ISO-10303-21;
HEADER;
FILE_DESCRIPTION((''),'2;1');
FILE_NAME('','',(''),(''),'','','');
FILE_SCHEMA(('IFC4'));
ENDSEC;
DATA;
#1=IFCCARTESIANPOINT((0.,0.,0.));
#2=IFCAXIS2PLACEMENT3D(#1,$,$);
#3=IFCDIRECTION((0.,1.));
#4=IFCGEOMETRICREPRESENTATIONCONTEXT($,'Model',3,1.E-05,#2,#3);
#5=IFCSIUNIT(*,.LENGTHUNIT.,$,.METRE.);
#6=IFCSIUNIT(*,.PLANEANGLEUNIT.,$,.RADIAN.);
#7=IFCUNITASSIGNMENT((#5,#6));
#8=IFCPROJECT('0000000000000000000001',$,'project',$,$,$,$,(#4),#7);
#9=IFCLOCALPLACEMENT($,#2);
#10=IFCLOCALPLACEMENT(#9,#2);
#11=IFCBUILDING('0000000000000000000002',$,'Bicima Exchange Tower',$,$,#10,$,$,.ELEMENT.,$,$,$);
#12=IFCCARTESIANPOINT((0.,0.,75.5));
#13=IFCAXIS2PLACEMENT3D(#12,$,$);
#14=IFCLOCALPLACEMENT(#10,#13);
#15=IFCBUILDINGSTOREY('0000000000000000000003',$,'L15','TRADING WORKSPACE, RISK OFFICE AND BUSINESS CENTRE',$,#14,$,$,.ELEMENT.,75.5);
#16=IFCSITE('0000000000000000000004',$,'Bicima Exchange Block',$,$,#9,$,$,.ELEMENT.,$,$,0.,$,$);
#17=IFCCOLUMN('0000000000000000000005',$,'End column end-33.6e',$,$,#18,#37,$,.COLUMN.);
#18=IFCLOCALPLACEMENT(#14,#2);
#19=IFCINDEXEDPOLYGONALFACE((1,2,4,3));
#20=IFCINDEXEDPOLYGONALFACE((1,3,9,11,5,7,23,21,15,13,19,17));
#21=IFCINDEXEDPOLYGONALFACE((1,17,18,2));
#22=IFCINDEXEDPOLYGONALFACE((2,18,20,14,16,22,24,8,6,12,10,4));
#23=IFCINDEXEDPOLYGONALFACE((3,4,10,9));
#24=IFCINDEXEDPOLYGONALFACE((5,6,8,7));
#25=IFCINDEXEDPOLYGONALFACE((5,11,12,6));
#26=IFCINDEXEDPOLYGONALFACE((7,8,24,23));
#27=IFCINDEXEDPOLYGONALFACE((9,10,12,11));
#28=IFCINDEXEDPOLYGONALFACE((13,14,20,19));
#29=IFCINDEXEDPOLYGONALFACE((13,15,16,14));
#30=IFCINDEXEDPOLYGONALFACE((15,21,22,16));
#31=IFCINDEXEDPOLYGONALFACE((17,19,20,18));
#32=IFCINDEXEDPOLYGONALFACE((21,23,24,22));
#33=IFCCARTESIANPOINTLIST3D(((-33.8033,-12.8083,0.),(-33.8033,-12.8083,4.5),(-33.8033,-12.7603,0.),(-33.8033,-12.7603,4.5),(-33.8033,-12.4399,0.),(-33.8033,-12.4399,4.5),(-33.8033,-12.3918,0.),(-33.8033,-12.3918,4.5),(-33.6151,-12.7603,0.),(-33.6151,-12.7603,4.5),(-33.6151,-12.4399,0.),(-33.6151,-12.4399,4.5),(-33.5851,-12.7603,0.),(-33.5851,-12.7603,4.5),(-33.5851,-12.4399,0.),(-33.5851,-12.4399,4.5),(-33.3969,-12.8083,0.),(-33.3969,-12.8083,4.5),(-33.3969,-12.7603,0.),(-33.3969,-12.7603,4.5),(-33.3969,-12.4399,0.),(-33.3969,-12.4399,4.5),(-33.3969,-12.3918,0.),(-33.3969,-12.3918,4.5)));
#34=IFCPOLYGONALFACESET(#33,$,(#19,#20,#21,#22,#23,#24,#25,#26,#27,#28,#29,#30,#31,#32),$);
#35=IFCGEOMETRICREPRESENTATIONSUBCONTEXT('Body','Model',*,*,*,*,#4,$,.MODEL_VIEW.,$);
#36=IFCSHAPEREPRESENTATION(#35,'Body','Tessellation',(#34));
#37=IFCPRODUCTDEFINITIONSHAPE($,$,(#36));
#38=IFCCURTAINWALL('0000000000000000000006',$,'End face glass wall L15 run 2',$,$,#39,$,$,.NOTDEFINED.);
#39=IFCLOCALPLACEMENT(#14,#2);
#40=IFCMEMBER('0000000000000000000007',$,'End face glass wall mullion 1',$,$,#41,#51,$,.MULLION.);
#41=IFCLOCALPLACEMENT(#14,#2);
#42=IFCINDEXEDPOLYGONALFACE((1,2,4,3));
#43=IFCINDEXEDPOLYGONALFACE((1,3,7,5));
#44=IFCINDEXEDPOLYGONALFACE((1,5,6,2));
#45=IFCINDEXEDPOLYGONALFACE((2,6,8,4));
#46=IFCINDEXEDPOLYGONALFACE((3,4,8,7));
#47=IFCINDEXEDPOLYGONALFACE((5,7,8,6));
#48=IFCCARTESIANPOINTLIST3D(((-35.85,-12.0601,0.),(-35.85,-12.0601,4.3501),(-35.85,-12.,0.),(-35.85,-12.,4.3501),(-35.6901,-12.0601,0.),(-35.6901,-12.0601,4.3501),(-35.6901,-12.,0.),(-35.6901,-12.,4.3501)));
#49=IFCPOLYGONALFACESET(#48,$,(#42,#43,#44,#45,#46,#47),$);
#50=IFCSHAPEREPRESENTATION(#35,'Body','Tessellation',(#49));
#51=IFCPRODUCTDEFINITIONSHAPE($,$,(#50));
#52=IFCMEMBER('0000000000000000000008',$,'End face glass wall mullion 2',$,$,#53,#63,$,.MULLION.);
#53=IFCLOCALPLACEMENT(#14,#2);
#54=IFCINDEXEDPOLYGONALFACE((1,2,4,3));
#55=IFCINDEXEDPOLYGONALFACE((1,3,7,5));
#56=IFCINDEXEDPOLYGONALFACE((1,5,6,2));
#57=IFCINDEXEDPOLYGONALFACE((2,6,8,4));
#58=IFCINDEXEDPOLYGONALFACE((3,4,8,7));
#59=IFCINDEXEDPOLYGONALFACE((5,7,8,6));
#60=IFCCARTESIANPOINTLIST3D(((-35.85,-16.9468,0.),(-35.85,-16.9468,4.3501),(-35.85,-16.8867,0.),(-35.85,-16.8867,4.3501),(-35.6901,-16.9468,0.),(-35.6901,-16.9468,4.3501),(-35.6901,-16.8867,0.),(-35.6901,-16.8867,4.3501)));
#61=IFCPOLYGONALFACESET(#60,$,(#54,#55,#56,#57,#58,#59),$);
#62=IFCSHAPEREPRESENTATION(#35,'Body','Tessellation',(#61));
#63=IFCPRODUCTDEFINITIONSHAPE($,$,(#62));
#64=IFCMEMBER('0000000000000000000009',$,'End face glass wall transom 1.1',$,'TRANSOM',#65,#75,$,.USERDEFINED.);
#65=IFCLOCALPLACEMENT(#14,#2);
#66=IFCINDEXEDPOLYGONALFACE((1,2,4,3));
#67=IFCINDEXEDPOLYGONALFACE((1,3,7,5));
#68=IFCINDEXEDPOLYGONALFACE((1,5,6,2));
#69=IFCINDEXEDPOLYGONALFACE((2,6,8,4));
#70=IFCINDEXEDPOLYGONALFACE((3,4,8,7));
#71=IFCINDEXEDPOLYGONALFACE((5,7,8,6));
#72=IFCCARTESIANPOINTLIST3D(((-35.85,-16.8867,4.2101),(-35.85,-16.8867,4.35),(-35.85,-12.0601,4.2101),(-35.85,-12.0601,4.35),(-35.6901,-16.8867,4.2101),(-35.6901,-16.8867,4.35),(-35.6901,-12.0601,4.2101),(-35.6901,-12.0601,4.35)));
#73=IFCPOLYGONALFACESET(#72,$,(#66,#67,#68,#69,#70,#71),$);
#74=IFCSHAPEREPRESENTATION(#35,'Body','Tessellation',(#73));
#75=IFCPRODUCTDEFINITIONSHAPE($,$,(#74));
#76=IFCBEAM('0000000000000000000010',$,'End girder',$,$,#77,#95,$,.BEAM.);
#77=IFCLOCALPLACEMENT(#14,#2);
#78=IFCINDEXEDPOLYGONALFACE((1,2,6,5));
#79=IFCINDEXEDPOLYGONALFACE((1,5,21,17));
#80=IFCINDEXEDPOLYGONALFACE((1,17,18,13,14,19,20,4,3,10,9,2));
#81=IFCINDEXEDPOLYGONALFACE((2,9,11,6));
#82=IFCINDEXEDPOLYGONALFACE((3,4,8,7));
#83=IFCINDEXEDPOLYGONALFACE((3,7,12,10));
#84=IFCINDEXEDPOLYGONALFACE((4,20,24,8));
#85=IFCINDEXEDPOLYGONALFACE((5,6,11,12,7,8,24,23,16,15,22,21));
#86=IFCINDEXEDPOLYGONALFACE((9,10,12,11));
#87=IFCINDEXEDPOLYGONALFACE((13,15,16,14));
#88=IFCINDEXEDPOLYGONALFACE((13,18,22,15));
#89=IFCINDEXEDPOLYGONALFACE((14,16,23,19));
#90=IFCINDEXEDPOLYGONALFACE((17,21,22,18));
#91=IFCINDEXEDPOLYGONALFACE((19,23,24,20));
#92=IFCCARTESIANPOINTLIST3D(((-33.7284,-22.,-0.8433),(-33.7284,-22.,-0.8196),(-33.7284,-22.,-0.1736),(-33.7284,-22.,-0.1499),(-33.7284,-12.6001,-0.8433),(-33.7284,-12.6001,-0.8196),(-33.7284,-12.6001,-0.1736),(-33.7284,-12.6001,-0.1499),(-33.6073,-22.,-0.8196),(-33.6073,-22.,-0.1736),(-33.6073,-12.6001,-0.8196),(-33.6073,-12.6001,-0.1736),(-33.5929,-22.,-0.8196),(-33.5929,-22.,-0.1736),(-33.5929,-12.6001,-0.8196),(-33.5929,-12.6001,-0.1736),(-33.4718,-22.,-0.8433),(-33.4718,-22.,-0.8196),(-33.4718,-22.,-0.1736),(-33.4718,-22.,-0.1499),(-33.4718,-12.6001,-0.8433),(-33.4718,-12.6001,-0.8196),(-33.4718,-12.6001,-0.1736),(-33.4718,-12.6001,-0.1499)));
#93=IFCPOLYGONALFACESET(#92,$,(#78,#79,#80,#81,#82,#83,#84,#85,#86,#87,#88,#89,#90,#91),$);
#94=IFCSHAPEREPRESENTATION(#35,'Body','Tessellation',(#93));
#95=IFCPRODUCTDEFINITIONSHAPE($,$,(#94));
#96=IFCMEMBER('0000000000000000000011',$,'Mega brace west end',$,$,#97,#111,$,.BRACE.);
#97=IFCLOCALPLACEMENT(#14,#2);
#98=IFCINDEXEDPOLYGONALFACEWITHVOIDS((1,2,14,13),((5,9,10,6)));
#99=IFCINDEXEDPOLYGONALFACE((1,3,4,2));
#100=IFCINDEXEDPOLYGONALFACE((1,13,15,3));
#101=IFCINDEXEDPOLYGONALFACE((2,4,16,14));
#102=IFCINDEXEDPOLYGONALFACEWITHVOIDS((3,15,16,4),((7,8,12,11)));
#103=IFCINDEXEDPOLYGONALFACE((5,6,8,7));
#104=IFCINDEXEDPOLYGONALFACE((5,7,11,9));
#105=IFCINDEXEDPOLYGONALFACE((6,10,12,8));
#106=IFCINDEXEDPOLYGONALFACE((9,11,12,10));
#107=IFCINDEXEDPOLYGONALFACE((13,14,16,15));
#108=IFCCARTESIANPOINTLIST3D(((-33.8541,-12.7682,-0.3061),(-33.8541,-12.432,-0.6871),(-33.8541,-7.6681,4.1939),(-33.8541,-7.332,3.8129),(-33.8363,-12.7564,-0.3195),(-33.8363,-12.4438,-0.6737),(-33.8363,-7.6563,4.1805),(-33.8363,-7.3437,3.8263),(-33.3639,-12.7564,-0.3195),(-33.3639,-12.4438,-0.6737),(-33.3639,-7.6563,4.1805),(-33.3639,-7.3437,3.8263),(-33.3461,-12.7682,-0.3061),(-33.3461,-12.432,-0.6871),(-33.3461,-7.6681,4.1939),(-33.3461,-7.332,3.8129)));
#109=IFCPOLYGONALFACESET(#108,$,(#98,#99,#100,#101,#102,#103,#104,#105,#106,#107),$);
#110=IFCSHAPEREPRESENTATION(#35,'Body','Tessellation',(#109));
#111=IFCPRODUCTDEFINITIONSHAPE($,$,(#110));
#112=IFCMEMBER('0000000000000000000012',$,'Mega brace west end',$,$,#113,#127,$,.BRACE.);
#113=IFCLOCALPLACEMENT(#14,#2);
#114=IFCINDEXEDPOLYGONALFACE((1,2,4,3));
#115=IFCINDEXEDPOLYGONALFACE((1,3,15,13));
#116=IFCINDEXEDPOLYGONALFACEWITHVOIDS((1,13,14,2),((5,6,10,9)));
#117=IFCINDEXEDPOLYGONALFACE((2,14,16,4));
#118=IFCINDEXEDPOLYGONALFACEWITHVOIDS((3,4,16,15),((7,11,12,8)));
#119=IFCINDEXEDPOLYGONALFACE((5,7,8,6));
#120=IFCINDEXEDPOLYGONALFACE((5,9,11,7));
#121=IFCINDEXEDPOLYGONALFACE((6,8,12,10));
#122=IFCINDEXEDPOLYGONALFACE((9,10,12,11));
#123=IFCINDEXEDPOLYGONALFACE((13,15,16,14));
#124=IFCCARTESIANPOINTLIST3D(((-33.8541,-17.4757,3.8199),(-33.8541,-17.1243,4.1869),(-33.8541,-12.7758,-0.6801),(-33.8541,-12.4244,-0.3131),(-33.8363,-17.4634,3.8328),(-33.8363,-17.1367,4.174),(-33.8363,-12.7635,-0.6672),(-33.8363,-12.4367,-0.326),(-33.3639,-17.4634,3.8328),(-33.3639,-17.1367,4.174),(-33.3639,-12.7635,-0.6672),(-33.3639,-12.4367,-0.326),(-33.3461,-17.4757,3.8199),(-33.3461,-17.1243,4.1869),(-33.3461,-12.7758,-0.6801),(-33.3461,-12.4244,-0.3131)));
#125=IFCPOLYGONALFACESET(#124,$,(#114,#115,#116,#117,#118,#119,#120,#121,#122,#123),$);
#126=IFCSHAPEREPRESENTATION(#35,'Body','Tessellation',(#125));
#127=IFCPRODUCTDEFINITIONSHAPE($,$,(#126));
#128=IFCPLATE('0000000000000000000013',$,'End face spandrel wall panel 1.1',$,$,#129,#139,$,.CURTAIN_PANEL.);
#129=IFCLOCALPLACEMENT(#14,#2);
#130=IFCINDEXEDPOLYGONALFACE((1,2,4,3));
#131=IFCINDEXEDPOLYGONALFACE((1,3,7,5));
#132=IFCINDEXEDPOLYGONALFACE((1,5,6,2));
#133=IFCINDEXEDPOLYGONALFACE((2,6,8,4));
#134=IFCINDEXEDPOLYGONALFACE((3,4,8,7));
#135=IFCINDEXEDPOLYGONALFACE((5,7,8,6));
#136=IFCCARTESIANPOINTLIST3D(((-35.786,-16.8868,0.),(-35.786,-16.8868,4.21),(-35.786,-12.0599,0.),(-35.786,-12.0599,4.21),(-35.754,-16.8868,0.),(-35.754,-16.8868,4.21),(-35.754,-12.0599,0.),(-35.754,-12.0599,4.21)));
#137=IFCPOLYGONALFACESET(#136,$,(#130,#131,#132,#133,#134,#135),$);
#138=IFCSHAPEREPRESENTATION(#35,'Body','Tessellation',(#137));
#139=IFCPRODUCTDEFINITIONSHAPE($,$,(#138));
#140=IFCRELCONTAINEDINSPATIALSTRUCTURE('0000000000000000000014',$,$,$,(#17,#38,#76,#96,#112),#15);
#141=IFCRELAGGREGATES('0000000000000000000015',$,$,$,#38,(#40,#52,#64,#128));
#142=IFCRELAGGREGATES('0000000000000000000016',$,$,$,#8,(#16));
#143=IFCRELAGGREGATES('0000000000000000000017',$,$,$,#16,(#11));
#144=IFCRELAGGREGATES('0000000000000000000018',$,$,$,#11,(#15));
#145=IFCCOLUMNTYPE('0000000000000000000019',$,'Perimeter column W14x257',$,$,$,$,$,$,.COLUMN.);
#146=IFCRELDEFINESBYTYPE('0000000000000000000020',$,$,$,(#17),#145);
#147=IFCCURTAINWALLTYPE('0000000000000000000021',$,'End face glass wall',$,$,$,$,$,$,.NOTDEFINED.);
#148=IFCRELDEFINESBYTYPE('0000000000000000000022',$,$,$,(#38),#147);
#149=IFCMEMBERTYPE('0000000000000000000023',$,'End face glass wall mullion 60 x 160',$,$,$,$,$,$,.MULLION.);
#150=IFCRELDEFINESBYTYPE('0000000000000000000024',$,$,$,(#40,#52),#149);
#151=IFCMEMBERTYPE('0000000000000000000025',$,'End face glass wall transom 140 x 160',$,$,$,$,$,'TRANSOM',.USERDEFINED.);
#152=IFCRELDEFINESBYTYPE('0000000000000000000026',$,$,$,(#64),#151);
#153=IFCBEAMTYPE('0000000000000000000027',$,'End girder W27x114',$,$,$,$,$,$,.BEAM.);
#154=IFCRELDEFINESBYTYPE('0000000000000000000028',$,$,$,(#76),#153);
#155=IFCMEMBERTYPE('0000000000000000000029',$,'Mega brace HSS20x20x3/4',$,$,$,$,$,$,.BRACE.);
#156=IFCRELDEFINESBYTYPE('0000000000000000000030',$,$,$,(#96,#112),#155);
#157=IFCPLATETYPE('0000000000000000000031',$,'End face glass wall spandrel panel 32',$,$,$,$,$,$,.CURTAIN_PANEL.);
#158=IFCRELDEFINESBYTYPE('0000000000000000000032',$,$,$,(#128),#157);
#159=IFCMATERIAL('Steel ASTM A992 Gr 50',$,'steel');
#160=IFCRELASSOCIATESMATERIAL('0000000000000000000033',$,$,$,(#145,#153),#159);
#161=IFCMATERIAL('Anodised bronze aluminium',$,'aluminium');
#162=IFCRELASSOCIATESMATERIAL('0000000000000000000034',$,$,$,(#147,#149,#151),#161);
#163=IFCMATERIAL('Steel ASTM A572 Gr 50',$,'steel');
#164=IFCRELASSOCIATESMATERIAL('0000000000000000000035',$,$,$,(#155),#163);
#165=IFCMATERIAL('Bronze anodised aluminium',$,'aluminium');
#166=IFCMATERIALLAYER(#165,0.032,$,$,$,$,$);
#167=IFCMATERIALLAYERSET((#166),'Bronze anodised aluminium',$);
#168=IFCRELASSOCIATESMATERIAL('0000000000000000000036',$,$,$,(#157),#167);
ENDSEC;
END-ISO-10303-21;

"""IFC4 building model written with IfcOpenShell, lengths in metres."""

from ifc_helpers import new_model, si_unit, direction, frame, origin, origin_2d, place, context, subcontext, project, spatial, rectangle, hollow_rectangle, i_section, extrude, material, layer, layer_set, material_profile, profile_set, type_object, element, aggregate, save


model = new_model("IFC4")

# Units and contexts
model_context = context("Model", 3, precision=1e-05, world=origin(), true_north=direction((0.0, 1.0)))
body_context = subcontext(model_context, "Body", "Model", "MODEL_VIEW")
ifc_project = project(units=[si_unit("LENGTHUNIT", "METRE"), si_unit("PLANEANGLEUNIT", "RADIAN")], contexts=[model_context])

# Site, building, storey
site_placement = place(None, origin())
site = spatial("IfcSite", under=ifc_project, at=site_placement, Name="Bicima Exchange Block", CompositionType="ELEMENT", RefElevation=0.0)
building_placement = place(site_placement, origin())
building = spatial("IfcBuilding", under=site, at=building_placement, Name="Bicima Exchange Tower", CompositionType="ELEMENT")
storey_placement = place(building_placement, frame((0.0, 0.0, 75.5)))
storey = spatial("IfcBuildingStorey", under=building, at=storey_placement, Name="L15", Description="TRADING WORKSPACE, RISK OFFICE AND BUSINESS CENTRE", CompositionType="ELEMENT", Elevation=75.5)

# Column
ifc_material_1 = material(Name="Steel ASTM A992 Gr 50", Category="steel")
ifc_material_profile_1 = material_profile(ifc_material_1, i_section(OverallWidth=0.4065, OverallDepth=0.4165, WebThickness=0.03, FlangeThickness=0.0481, at=origin_2d()))
ifc_profile_set_1 = profile_set([ifc_material_profile_1], Name="Steel ASTM A992 Gr 50")
column_type = type_object("IfcColumnType", Name="Perimeter column W14x257", PredefinedType="COLUMN", material=ifc_profile_set_1)
column_placement = place(storey_placement, frame((-33.6001, -12.6001, 0.0), z_axis=(0.0, 0.0, 1.0), x_axis=(1.0, 0.0, 0.0)))
element("IfcColumn", 1, at=column_placement, inside=storey, type_object=column_type, Name="End column end-33.6e", PredefinedType="COLUMN", context=body_context, shape_type="SweptSolid", body=[
    extrude(i_section(OverallWidth=0.4065, OverallDepth=0.4165, WebThickness=0.03, FlangeThickness=0.0481, at=origin_2d()), origin(), (0.0, 0.0, 1.0), 4.5),
])

# Curtain wall, members
ifc_material_2 = material(Name="Anodised bronze aluminium", Category="aluminium")
curtain_wall_type = type_object("IfcCurtainWallType", Name="End face glass wall", PredefinedType="NOTDEFINED", material=ifc_material_2)
curtain_wall_placement = place(storey_placement, origin())
curtain_wall = element("IfcCurtainWall", 2, at=curtain_wall_placement, inside=storey, type_object=curtain_wall_type, Name="End face glass wall L15 run 2", PredefinedType="NOTDEFINED")
ifc_material_profile_2 = material_profile(ifc_material_2, rectangle(XDim=0.1599, YDim=0.0601, at=origin_2d()))
ifc_profile_set_2 = profile_set([ifc_material_profile_2], Name="Anodised bronze aluminium")
member_type_1 = type_object("IfcMemberType", Name="End face glass wall mullion 60 x 160", PredefinedType="MULLION", material=ifc_profile_set_2)
member_1_placement = place(storey_placement, frame((-35.77, -12.03, 0.0), z_axis=(0.0, 0.0, 1.0), x_axis=(1.0, 0.0, 0.0)))
member_1 = element("IfcMember", 3, at=member_1_placement, type_object=member_type_1, Name="End face glass wall mullion 1", PredefinedType="MULLION", context=body_context, shape_type="SweptSolid", body=[
    extrude(rectangle(XDim=0.1599, YDim=0.0601, at=origin_2d()), origin(), (0.0, 0.0, 1.0), 4.3501),
])
member_2_placement = place(storey_placement, frame((-35.77, -16.9167, 0.0), z_axis=(0.0, 0.0, 1.0), x_axis=(1.0, 0.0, 0.0)))
member_2 = element("IfcMember", 4, at=member_2_placement, type_object=member_type_1, Name="End face glass wall mullion 2", PredefinedType="MULLION", context=body_context, shape_type="SweptSolid", body=[
    extrude(rectangle(XDim=0.1599, YDim=0.0601, at=origin_2d()), origin(), (0.0, 0.0, 1.0), 4.3501),
])
ifc_material_profile_3 = material_profile(ifc_material_2, rectangle(XDim=0.1599, YDim=0.1399, at=origin_2d()))
ifc_profile_set_3 = profile_set([ifc_material_profile_3], Name="Anodised bronze aluminium")
member_type_2 = type_object("IfcMemberType", Name="End face glass wall transom 140 x 160", ElementType="TRANSOM", PredefinedType="USERDEFINED", material=ifc_profile_set_3)
member_3_placement = place(storey_placement, frame((-35.77, -12.0601, 4.28), z_axis=(0.0, -1.0, 0.0), x_axis=(1.0, 0.0, 0.0)))
member_3 = element("IfcMember", 5, at=member_3_placement, type_object=member_type_2, Name="End face glass wall transom 1.1", ObjectType="TRANSOM", PredefinedType="USERDEFINED", context=body_context, shape_type="SweptSolid", body=[
    extrude(rectangle(XDim=0.1599, YDim=0.1399, at=origin_2d()), origin(), (0.0, 0.0, 1.0), 4.8267),
])

# Beam
ifc_material_profile_4 = material_profile(ifc_material_1, i_section(OverallWidth=0.2566, OverallDepth=0.6934, WebThickness=0.0144, FlangeThickness=0.0237, at=origin_2d()))
ifc_profile_set_4 = profile_set([ifc_material_profile_4], Name="Steel ASTM A992 Gr 50")
beam_type = type_object("IfcBeamType", Name="End girder W27x114", PredefinedType="BEAM", material=ifc_profile_set_4)
beam_placement = place(storey_placement, frame((-33.6001, -12.6001, -0.4966), z_axis=(0.0, -1.0, 0.0), x_axis=(1.0, 0.0, 0.0)))
element("IfcBeam", 6, at=beam_placement, inside=storey, type_object=beam_type, Name="End girder", PredefinedType="BEAM", context=body_context, shape_type="SweptSolid", body=[
    extrude(i_section(OverallWidth=0.2566, OverallDepth=0.6934, WebThickness=0.0144, FlangeThickness=0.0237, at=origin_2d()), origin(), (0.0, 0.0, 1.0), 9.3999),
])

# Members
ifc_material_3 = material(Name="Steel ASTM A572 Gr 50", Category="steel")
ifc_material_profile_5 = material_profile(ifc_material_3, hollow_rectangle(XDim=0.5081, YDim=0.5081, WallThickness=0.0178, at=origin_2d()))
ifc_profile_set_5 = profile_set([ifc_material_profile_5], Name="Steel ASTM A572 Gr 50")
member_type_3 = type_object("IfcMemberType", Name="Mega brace HSS20x20x3/4", PredefinedType="BRACE", material=ifc_profile_set_5)
member_4_placement = place(storey_placement, frame((-33.6001, -12.6001, -0.4966), z_axis=(0.0, 0.749844, 0.661615), x_axis=(-1.0, 0.0, 0.0)))
element("IfcMember", 7, at=member_4_placement, inside=storey, type_object=member_type_3, Name="Mega brace west end", PredefinedType="BRACE", context=body_context, shape_type="SweptSolid", body=[
    extrude(hollow_rectangle(XDim=0.5081, YDim=0.5081, WallThickness=0.0178, at=origin_2d()), origin(), (0.0, 0.0, 1.0), 6.8015),
])
member_5_placement = place(storey_placement, frame((-33.6001, -12.6001, -0.4966), z_axis=(0.0, -0.722304, 0.691575), x_axis=(1.0, 0.0, 0.0)))
element("IfcMember", 8, at=member_5_placement, inside=storey, type_object=member_type_3, Name="Mega brace west end", PredefinedType="BRACE", context=body_context, shape_type="SweptSolid", body=[
    extrude(hollow_rectangle(XDim=0.5081, YDim=0.5081, WallThickness=0.0178, at=origin_2d()), origin(), (0.0, 0.0, 1.0), 6.5068),
])

# Plate
ifc_material_4 = material(Name="Bronze anodised aluminium", Category="aluminium")
ifc_layer_1 = layer(ifc_material_4, 0.032)
ifc_layer_set_1 = layer_set([ifc_layer_1], Name="Bronze anodised aluminium")
plate_type = type_object("IfcPlateType", Name="End face glass wall spandrel panel 32", PredefinedType="CURTAIN_PANEL", material=ifc_layer_set_1)
plate_placement = place(storey_placement, frame((-35.77, -14.4734, 0.0), z_axis=(0.0, 0.0, 1.0), x_axis=(0.0, -1.0, 0.0)))
plate = element("IfcPlate", 9, at=plate_placement, type_object=plate_type, Name="End face spandrel wall panel 1.1", PredefinedType="CURTAIN_PANEL", context=body_context, shape_type="SweptSolid", body=[
    extrude(rectangle(XDim=4.8269, YDim=0.032, at=origin_2d()), origin(), (0.0, 0.0, 1.0), 4.21),
])
aggregate(curtain_wall, [member_1, member_2, member_3, plate])

save(model, "model.ifc")
